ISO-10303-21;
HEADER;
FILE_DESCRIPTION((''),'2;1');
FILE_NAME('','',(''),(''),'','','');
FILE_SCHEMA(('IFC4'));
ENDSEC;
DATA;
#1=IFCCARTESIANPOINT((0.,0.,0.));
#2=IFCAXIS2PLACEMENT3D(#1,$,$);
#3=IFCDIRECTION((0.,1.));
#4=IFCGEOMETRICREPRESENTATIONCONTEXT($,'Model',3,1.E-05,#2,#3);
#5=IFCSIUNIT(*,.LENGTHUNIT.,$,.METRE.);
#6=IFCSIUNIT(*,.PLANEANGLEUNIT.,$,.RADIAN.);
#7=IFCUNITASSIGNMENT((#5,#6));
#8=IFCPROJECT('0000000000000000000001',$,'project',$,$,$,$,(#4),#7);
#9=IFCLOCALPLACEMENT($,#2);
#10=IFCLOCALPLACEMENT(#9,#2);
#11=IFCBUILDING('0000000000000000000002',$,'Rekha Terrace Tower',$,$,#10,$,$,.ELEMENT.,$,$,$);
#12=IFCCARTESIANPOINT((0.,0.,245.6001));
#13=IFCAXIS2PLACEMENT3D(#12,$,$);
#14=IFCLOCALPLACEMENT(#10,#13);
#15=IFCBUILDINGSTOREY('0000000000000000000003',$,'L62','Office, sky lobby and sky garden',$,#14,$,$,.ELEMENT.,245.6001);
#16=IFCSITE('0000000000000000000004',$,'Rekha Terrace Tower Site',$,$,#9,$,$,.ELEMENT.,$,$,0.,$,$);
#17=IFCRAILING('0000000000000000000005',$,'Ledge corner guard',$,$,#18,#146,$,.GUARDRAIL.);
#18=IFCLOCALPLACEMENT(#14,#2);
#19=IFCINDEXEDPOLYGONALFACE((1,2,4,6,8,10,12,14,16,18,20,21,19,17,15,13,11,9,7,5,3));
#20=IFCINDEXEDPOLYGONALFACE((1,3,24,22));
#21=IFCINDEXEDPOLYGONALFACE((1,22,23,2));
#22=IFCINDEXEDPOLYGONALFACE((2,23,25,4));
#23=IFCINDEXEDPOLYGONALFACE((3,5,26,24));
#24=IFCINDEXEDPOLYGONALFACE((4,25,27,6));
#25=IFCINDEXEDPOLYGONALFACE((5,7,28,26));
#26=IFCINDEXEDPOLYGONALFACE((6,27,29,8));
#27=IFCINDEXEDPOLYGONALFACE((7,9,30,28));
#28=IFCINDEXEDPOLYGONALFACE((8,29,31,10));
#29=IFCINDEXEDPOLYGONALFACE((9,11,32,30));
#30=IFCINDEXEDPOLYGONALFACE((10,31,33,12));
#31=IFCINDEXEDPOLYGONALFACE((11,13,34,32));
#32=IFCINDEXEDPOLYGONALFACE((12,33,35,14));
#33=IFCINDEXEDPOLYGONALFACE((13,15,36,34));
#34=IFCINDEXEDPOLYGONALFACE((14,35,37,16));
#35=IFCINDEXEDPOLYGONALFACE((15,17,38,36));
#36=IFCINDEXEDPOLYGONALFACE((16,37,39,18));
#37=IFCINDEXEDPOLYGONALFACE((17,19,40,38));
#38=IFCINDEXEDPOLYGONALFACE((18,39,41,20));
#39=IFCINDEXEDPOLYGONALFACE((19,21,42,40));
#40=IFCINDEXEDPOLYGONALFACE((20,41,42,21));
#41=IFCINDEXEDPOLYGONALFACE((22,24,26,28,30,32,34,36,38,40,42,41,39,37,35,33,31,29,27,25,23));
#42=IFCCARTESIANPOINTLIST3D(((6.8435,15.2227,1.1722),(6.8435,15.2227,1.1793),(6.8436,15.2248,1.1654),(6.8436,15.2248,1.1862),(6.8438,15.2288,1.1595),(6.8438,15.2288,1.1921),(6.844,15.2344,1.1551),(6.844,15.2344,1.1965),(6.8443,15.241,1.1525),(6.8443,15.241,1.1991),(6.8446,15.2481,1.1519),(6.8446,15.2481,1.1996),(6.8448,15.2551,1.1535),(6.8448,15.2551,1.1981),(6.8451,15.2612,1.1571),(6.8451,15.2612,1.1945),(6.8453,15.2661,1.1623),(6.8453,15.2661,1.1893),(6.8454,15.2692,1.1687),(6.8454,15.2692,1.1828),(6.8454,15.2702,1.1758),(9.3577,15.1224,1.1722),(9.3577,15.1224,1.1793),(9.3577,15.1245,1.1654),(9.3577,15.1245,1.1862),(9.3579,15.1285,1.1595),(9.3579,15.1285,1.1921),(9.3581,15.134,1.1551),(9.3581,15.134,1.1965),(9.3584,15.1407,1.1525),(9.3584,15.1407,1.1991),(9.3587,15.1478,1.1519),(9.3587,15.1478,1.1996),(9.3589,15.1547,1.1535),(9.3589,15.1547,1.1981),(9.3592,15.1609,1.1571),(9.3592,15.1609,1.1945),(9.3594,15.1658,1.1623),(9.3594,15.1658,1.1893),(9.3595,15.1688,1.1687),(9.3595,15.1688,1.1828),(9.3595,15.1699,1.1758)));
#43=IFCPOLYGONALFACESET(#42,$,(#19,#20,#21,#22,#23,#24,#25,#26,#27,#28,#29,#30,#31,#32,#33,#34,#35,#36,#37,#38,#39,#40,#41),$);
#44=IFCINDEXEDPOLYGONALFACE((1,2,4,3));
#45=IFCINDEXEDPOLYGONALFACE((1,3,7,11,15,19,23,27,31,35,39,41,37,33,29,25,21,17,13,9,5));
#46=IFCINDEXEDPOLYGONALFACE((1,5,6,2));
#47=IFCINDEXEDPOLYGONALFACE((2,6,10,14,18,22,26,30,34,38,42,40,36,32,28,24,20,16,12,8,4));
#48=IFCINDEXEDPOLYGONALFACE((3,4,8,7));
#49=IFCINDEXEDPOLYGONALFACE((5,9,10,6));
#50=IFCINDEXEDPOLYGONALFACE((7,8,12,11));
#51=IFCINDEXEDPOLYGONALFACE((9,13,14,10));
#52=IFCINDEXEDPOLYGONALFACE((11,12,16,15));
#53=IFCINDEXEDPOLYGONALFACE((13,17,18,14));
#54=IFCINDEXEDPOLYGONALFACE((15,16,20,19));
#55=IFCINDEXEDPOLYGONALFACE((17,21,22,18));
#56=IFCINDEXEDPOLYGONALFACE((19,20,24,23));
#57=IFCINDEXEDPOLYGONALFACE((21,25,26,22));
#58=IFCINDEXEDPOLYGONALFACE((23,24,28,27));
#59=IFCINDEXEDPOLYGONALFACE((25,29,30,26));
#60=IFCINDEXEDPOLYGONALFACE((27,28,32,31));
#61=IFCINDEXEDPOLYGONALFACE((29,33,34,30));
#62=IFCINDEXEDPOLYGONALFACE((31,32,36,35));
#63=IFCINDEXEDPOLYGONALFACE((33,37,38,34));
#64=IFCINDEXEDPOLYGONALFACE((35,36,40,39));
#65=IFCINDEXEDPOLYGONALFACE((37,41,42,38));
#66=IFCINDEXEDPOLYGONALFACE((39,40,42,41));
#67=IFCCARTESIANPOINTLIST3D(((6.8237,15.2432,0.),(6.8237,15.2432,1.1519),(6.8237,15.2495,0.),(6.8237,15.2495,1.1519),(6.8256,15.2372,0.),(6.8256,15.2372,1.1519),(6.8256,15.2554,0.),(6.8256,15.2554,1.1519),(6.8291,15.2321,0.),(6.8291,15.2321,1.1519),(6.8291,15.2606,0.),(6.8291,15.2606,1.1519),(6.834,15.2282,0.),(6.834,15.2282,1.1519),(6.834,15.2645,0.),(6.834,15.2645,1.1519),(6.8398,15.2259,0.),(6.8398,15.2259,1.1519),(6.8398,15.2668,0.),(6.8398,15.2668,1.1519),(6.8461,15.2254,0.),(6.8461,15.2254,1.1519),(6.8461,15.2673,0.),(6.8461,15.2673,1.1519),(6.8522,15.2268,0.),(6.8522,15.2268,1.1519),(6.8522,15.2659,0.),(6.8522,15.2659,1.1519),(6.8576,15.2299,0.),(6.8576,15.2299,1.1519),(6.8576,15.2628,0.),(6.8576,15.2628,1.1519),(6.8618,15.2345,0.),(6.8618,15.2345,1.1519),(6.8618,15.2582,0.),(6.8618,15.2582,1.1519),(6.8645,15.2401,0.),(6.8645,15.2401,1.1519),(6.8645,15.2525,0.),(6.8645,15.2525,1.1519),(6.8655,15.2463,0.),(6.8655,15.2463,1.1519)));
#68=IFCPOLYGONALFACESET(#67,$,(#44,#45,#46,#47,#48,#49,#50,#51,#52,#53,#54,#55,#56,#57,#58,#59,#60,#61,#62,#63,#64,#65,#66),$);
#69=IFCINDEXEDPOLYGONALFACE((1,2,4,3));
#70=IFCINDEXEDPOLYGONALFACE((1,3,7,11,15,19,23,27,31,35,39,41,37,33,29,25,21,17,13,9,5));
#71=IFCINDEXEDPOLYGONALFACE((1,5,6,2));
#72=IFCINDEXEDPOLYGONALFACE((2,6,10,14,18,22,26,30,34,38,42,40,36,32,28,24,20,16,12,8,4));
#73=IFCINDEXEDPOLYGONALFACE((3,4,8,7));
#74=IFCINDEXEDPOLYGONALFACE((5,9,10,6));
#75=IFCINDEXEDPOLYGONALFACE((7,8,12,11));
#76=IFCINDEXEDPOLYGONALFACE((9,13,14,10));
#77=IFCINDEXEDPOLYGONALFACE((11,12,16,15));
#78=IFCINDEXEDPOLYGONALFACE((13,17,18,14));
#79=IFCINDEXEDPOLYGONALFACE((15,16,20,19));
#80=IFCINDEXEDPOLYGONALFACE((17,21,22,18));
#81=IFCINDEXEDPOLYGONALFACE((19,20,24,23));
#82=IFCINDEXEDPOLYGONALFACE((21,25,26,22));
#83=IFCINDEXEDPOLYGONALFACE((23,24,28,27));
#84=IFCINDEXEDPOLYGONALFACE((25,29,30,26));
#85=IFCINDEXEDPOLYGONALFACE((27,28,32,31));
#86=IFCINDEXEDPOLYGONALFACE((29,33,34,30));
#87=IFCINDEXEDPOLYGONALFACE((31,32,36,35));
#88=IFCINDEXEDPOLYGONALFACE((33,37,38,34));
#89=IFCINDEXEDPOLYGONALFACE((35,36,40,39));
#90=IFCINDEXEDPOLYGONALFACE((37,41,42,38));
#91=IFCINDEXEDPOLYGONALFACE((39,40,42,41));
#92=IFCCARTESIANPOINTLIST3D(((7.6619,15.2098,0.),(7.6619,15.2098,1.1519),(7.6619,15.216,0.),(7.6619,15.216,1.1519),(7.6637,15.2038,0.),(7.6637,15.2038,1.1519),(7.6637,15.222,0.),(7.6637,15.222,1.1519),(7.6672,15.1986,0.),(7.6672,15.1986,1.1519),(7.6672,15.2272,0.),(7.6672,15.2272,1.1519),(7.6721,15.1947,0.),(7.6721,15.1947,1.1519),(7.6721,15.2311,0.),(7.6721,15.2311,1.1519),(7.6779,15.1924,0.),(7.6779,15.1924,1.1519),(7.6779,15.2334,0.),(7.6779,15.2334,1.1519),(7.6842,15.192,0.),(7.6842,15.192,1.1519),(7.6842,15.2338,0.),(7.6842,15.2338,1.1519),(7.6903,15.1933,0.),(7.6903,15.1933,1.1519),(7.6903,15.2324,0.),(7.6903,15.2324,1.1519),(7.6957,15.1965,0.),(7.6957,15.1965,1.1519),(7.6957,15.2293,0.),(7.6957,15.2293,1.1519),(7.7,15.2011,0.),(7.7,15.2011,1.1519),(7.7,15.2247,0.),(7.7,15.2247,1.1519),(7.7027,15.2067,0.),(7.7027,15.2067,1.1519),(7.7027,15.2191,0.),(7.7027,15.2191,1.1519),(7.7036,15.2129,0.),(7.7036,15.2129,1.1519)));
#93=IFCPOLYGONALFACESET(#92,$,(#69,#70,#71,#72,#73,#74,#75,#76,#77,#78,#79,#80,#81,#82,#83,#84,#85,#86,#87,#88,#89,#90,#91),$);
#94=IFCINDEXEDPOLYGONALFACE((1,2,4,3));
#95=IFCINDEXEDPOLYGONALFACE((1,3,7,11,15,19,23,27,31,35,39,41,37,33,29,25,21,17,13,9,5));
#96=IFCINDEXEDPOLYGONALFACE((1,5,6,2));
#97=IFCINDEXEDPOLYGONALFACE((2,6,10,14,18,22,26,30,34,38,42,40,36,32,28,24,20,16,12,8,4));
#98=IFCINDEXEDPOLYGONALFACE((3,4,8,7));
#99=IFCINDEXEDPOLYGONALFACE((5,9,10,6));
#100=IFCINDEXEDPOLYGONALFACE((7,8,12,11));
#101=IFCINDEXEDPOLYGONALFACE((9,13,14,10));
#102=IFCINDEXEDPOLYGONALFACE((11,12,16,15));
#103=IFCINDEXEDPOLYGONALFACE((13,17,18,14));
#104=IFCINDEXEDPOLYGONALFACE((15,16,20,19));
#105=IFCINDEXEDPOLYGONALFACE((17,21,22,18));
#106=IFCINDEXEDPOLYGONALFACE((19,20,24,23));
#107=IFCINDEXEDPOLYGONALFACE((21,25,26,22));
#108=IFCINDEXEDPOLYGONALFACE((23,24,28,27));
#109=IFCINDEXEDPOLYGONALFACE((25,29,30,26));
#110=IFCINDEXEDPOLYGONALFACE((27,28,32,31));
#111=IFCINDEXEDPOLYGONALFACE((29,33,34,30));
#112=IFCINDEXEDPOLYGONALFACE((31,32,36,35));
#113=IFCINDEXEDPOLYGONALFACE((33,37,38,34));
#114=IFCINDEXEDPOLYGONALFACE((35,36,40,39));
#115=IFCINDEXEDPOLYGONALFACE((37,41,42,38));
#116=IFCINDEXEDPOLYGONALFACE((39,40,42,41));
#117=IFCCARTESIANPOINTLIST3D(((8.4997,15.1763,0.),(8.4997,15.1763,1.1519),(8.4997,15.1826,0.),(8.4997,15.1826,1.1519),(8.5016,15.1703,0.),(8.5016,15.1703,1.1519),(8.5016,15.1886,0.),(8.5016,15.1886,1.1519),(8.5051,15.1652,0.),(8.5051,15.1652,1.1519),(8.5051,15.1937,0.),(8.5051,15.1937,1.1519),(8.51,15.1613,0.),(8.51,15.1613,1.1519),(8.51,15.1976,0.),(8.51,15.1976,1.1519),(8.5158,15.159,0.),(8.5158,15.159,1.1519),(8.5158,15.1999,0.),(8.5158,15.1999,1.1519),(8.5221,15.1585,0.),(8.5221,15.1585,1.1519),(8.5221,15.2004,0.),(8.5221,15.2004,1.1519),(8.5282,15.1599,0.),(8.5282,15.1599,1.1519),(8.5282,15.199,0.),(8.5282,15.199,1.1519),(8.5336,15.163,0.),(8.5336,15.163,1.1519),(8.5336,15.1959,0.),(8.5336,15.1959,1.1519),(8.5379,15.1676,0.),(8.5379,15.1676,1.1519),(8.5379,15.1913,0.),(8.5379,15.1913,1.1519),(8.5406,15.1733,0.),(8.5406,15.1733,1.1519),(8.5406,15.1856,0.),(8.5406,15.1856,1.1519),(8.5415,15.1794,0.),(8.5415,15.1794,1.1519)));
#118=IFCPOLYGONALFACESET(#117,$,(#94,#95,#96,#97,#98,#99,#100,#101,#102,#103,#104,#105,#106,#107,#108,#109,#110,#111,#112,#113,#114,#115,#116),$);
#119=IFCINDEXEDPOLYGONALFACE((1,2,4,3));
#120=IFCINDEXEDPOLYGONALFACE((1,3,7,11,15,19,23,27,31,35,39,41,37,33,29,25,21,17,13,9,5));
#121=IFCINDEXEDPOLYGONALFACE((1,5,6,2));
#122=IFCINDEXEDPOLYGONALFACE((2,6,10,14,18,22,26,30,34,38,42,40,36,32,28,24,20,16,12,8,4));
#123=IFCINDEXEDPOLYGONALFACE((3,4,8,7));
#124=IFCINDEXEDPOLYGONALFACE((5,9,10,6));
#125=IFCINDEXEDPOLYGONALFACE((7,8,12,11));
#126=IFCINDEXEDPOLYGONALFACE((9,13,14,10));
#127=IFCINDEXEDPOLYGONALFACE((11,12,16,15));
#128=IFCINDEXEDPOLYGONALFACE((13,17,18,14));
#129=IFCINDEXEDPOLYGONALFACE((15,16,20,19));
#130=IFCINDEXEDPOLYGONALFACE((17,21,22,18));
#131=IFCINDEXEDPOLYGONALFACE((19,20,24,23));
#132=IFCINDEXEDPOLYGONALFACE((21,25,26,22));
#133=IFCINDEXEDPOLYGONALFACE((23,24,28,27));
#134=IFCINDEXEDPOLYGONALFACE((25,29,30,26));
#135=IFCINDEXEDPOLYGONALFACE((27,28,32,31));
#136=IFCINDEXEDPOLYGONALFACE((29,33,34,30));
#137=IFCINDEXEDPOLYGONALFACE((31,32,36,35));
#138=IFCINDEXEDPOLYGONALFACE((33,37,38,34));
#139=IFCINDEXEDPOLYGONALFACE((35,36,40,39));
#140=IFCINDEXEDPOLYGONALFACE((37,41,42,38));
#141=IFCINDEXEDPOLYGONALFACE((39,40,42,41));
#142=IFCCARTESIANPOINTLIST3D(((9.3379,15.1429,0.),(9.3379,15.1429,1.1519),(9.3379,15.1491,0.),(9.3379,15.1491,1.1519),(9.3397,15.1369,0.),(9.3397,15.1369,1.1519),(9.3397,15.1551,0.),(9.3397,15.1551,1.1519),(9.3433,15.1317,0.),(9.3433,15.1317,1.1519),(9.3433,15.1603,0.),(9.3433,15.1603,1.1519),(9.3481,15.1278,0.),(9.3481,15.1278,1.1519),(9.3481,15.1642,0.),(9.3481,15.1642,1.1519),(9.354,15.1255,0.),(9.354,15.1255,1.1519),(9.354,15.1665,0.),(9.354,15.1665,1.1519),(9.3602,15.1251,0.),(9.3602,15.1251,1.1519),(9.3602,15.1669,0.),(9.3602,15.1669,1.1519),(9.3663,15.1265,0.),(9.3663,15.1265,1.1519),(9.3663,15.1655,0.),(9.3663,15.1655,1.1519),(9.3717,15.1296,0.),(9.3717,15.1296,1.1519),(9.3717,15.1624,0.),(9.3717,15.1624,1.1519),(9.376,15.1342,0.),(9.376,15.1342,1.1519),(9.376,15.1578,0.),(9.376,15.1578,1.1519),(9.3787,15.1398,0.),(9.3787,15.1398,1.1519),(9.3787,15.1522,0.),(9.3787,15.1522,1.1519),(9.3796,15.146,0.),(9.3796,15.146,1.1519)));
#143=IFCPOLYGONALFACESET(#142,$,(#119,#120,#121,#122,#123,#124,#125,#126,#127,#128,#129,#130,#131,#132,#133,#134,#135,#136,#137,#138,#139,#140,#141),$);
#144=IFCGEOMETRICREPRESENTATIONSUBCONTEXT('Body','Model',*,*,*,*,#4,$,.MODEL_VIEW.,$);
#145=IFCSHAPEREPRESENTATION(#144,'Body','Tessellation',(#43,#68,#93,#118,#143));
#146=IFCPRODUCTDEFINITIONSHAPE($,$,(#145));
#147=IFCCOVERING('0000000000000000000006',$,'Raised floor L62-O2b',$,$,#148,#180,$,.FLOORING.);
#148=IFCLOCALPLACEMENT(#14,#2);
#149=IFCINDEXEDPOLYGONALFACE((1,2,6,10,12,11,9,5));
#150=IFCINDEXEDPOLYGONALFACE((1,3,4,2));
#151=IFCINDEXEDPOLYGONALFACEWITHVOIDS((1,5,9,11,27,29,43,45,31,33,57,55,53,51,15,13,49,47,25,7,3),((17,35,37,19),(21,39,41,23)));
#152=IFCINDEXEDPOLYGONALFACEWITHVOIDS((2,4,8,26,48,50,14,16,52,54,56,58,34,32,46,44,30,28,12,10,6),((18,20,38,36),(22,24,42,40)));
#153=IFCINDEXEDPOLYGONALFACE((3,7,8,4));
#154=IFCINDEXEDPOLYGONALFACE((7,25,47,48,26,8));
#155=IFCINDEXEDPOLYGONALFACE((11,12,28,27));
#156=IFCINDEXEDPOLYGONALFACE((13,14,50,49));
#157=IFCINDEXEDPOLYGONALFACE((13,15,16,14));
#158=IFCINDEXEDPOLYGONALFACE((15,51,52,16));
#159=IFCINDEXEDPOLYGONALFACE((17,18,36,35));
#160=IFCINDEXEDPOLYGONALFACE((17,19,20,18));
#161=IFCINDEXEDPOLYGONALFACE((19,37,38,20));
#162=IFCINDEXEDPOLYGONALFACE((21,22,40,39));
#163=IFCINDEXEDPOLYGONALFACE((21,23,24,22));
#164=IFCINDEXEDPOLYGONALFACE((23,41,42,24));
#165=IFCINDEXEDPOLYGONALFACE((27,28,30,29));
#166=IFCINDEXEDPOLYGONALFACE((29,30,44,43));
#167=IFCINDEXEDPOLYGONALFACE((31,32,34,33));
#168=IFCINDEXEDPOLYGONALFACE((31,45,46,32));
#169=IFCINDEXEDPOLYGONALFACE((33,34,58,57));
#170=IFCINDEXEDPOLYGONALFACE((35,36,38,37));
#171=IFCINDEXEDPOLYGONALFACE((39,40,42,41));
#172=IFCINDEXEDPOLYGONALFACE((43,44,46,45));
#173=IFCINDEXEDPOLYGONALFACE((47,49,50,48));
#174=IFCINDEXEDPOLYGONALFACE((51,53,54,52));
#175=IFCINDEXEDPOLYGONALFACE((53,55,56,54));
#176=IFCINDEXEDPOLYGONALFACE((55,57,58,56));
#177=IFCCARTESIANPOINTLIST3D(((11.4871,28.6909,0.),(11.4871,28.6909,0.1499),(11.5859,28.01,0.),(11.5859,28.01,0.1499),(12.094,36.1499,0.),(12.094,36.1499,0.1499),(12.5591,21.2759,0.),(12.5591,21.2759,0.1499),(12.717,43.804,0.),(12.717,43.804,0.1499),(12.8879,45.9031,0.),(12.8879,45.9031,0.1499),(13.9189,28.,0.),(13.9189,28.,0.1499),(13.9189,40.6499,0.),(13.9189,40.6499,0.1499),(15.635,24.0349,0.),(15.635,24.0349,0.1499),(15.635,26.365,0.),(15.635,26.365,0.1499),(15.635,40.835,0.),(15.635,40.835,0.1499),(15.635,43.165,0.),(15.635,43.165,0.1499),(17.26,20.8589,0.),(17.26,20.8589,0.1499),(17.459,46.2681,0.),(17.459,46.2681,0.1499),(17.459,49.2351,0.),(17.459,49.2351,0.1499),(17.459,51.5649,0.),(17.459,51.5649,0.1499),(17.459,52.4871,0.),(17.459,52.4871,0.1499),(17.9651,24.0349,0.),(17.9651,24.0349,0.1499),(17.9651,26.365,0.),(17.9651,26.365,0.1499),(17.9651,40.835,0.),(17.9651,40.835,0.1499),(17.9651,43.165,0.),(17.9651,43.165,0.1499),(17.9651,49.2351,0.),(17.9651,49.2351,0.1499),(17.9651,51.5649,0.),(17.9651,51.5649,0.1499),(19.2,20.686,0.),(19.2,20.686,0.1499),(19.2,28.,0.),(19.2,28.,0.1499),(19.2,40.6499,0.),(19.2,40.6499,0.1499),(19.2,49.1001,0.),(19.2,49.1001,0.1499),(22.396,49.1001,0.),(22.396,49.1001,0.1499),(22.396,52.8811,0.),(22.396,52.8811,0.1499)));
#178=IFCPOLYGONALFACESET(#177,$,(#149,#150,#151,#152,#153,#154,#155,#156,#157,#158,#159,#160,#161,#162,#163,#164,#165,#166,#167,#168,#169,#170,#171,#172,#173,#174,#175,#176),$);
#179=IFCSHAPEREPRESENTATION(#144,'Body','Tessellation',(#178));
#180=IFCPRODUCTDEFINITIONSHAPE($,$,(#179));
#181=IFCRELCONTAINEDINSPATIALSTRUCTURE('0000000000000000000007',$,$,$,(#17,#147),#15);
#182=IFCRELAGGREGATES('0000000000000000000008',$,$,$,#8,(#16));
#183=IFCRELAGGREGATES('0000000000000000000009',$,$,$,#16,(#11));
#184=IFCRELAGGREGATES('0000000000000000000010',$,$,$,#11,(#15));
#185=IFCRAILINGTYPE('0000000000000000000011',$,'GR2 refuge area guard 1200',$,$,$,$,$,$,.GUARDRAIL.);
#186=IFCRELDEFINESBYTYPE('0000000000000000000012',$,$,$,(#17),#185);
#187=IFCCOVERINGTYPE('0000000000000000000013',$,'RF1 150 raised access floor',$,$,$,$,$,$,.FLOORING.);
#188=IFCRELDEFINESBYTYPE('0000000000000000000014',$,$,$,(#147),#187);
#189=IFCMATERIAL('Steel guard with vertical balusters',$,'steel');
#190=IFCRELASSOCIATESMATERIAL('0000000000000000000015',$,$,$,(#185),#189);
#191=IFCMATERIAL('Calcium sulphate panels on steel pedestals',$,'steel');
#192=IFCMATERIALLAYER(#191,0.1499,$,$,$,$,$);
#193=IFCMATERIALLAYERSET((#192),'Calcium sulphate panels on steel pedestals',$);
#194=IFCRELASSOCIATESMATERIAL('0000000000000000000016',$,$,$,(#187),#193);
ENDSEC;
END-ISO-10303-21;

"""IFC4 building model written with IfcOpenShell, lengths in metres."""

from ifc_helpers import new_model, si_unit, direction, frame, origin, origin_2d, place, context, subcontext, project, spatial, polyline, circle, outline, extrude, material, layer, layer_set, type_object, element, save


model = new_model("IFC4")

# Units and contexts
model_context = context("Model", 3, precision=1e-05, world=origin(), true_north=direction((0.0, 1.0)))
body_context = subcontext(model_context, "Body", "Model", "MODEL_VIEW")
ifc_project = project(units=[si_unit("LENGTHUNIT", "METRE"), si_unit("PLANEANGLEUNIT", "RADIAN")], contexts=[model_context])

# Site, building, storey
site_placement = place(None, origin())
site = spatial("IfcSite", under=ifc_project, at=site_placement, Name="Rekha Terrace Tower Site", CompositionType="ELEMENT", RefElevation=0.0)
building_placement = place(site_placement, origin())
building = spatial("IfcBuilding", under=site, at=building_placement, Name="Rekha Terrace Tower", CompositionType="ELEMENT")
storey_placement = place(building_placement, frame((0.0, 0.0, 245.6001)))
storey = spatial("IfcBuildingStorey", under=building, at=storey_placement, Name="L62", Description="Office, sky lobby and sky garden", CompositionType="ELEMENT", Elevation=245.6001)

# Railing
ifc_material_1 = material(Name="Steel guard with vertical balusters", Category="steel")
railing_type = type_object("IfcRailingType", Name="GR2 refuge area guard 1200", PredefinedType="GUARDRAIL", material=ifc_material_1)
railing_1_placement = place(storey_placement, frame((6.8445, 15.2463, 0.0)))
element("IfcRailing", 1, at=railing_1_placement, inside=storey, type_object=railing_type, Name="Ledge corner guard", PredefinedType="GUARDRAIL", context=body_context, shape_type="SweptSolid", body=[
    extrude(circle(Radius=0.0239, at=origin_2d()), frame((0.0, 0.0, 1.1758), z_axis=(0.999205, -0.039879, 0.0), x_axis=(0.039879, 0.999205, 0.0)), (0.0, 0.0, 1.0), 2.5161),
    extrude(circle(Radius=0.021, at=origin_2d()), origin(), (0.0, 0.0, 1.0), 1.1519),
    extrude(circle(Radius=0.021, at=origin_2d()), frame((0.8381, -0.0334, 0.0)), (0.0, 0.0, 1.0), 1.1519),
    extrude(circle(Radius=0.021, at=origin_2d()), frame((1.676, -0.0669, 0.0)), (0.0, 0.0, 1.0), 1.1519),
    extrude(circle(Radius=0.021, at=origin_2d()), frame((2.5142, -0.1003, 0.0)), (0.0, 0.0, 1.0), 1.1519),
])

# Covering
ifc_material_2 = material(Name="Calcium sulphate panels on steel pedestals", Category="steel")
ifc_layer_1 = layer(ifc_material_2, 0.1499)
ifc_layer_set_1 = layer_set([ifc_layer_1], Name="Calcium sulphate panels on steel pedestals")
covering_type = type_object("IfcCoveringType", Name="RF1 150 raised access floor", PredefinedType="FLOORING", material=ifc_layer_set_1)
covering_placement = place(storey_placement, origin())
element("IfcCovering", 2, at=covering_placement, inside=storey, type_object=covering_type, Name="Raised floor L62-O2b", PredefinedType="FLOORING", context=body_context, shape_type="SweptSolid", body=[
    extrude(outline(polyline([(11.4871, 28.6909), (11.5859, 28.01), (12.5591, 21.2759), (17.26, 20.8589), (19.2, 20.686), (19.2, 28.0), (13.9189, 28.0), (13.9189, 40.6499), (19.2, 40.6499), (19.2, 49.1001), (22.396, 49.1001), (22.396, 52.8811), (17.459, 52.4871), (17.459, 51.5649), (17.9651, 51.5649), (17.9651, 49.2351), (17.459, 49.2351), (17.459, 46.2681), (12.8879, 45.9031), (12.717, 43.804), (12.094, 36.1499), (11.4871, 28.6909)]), holes=[polyline([(17.9651, 26.365), (17.9651, 24.0349), (15.635, 24.0349), (15.635, 26.365), (17.9651, 26.365)]), polyline([(17.9651, 40.835), (15.635, 40.835), (15.635, 43.165), (17.9651, 43.165), (17.9651, 40.835)])]), origin(), (0.0, 0.0, 1.0), 0.1499),
])

save(model, "model.ifc")
